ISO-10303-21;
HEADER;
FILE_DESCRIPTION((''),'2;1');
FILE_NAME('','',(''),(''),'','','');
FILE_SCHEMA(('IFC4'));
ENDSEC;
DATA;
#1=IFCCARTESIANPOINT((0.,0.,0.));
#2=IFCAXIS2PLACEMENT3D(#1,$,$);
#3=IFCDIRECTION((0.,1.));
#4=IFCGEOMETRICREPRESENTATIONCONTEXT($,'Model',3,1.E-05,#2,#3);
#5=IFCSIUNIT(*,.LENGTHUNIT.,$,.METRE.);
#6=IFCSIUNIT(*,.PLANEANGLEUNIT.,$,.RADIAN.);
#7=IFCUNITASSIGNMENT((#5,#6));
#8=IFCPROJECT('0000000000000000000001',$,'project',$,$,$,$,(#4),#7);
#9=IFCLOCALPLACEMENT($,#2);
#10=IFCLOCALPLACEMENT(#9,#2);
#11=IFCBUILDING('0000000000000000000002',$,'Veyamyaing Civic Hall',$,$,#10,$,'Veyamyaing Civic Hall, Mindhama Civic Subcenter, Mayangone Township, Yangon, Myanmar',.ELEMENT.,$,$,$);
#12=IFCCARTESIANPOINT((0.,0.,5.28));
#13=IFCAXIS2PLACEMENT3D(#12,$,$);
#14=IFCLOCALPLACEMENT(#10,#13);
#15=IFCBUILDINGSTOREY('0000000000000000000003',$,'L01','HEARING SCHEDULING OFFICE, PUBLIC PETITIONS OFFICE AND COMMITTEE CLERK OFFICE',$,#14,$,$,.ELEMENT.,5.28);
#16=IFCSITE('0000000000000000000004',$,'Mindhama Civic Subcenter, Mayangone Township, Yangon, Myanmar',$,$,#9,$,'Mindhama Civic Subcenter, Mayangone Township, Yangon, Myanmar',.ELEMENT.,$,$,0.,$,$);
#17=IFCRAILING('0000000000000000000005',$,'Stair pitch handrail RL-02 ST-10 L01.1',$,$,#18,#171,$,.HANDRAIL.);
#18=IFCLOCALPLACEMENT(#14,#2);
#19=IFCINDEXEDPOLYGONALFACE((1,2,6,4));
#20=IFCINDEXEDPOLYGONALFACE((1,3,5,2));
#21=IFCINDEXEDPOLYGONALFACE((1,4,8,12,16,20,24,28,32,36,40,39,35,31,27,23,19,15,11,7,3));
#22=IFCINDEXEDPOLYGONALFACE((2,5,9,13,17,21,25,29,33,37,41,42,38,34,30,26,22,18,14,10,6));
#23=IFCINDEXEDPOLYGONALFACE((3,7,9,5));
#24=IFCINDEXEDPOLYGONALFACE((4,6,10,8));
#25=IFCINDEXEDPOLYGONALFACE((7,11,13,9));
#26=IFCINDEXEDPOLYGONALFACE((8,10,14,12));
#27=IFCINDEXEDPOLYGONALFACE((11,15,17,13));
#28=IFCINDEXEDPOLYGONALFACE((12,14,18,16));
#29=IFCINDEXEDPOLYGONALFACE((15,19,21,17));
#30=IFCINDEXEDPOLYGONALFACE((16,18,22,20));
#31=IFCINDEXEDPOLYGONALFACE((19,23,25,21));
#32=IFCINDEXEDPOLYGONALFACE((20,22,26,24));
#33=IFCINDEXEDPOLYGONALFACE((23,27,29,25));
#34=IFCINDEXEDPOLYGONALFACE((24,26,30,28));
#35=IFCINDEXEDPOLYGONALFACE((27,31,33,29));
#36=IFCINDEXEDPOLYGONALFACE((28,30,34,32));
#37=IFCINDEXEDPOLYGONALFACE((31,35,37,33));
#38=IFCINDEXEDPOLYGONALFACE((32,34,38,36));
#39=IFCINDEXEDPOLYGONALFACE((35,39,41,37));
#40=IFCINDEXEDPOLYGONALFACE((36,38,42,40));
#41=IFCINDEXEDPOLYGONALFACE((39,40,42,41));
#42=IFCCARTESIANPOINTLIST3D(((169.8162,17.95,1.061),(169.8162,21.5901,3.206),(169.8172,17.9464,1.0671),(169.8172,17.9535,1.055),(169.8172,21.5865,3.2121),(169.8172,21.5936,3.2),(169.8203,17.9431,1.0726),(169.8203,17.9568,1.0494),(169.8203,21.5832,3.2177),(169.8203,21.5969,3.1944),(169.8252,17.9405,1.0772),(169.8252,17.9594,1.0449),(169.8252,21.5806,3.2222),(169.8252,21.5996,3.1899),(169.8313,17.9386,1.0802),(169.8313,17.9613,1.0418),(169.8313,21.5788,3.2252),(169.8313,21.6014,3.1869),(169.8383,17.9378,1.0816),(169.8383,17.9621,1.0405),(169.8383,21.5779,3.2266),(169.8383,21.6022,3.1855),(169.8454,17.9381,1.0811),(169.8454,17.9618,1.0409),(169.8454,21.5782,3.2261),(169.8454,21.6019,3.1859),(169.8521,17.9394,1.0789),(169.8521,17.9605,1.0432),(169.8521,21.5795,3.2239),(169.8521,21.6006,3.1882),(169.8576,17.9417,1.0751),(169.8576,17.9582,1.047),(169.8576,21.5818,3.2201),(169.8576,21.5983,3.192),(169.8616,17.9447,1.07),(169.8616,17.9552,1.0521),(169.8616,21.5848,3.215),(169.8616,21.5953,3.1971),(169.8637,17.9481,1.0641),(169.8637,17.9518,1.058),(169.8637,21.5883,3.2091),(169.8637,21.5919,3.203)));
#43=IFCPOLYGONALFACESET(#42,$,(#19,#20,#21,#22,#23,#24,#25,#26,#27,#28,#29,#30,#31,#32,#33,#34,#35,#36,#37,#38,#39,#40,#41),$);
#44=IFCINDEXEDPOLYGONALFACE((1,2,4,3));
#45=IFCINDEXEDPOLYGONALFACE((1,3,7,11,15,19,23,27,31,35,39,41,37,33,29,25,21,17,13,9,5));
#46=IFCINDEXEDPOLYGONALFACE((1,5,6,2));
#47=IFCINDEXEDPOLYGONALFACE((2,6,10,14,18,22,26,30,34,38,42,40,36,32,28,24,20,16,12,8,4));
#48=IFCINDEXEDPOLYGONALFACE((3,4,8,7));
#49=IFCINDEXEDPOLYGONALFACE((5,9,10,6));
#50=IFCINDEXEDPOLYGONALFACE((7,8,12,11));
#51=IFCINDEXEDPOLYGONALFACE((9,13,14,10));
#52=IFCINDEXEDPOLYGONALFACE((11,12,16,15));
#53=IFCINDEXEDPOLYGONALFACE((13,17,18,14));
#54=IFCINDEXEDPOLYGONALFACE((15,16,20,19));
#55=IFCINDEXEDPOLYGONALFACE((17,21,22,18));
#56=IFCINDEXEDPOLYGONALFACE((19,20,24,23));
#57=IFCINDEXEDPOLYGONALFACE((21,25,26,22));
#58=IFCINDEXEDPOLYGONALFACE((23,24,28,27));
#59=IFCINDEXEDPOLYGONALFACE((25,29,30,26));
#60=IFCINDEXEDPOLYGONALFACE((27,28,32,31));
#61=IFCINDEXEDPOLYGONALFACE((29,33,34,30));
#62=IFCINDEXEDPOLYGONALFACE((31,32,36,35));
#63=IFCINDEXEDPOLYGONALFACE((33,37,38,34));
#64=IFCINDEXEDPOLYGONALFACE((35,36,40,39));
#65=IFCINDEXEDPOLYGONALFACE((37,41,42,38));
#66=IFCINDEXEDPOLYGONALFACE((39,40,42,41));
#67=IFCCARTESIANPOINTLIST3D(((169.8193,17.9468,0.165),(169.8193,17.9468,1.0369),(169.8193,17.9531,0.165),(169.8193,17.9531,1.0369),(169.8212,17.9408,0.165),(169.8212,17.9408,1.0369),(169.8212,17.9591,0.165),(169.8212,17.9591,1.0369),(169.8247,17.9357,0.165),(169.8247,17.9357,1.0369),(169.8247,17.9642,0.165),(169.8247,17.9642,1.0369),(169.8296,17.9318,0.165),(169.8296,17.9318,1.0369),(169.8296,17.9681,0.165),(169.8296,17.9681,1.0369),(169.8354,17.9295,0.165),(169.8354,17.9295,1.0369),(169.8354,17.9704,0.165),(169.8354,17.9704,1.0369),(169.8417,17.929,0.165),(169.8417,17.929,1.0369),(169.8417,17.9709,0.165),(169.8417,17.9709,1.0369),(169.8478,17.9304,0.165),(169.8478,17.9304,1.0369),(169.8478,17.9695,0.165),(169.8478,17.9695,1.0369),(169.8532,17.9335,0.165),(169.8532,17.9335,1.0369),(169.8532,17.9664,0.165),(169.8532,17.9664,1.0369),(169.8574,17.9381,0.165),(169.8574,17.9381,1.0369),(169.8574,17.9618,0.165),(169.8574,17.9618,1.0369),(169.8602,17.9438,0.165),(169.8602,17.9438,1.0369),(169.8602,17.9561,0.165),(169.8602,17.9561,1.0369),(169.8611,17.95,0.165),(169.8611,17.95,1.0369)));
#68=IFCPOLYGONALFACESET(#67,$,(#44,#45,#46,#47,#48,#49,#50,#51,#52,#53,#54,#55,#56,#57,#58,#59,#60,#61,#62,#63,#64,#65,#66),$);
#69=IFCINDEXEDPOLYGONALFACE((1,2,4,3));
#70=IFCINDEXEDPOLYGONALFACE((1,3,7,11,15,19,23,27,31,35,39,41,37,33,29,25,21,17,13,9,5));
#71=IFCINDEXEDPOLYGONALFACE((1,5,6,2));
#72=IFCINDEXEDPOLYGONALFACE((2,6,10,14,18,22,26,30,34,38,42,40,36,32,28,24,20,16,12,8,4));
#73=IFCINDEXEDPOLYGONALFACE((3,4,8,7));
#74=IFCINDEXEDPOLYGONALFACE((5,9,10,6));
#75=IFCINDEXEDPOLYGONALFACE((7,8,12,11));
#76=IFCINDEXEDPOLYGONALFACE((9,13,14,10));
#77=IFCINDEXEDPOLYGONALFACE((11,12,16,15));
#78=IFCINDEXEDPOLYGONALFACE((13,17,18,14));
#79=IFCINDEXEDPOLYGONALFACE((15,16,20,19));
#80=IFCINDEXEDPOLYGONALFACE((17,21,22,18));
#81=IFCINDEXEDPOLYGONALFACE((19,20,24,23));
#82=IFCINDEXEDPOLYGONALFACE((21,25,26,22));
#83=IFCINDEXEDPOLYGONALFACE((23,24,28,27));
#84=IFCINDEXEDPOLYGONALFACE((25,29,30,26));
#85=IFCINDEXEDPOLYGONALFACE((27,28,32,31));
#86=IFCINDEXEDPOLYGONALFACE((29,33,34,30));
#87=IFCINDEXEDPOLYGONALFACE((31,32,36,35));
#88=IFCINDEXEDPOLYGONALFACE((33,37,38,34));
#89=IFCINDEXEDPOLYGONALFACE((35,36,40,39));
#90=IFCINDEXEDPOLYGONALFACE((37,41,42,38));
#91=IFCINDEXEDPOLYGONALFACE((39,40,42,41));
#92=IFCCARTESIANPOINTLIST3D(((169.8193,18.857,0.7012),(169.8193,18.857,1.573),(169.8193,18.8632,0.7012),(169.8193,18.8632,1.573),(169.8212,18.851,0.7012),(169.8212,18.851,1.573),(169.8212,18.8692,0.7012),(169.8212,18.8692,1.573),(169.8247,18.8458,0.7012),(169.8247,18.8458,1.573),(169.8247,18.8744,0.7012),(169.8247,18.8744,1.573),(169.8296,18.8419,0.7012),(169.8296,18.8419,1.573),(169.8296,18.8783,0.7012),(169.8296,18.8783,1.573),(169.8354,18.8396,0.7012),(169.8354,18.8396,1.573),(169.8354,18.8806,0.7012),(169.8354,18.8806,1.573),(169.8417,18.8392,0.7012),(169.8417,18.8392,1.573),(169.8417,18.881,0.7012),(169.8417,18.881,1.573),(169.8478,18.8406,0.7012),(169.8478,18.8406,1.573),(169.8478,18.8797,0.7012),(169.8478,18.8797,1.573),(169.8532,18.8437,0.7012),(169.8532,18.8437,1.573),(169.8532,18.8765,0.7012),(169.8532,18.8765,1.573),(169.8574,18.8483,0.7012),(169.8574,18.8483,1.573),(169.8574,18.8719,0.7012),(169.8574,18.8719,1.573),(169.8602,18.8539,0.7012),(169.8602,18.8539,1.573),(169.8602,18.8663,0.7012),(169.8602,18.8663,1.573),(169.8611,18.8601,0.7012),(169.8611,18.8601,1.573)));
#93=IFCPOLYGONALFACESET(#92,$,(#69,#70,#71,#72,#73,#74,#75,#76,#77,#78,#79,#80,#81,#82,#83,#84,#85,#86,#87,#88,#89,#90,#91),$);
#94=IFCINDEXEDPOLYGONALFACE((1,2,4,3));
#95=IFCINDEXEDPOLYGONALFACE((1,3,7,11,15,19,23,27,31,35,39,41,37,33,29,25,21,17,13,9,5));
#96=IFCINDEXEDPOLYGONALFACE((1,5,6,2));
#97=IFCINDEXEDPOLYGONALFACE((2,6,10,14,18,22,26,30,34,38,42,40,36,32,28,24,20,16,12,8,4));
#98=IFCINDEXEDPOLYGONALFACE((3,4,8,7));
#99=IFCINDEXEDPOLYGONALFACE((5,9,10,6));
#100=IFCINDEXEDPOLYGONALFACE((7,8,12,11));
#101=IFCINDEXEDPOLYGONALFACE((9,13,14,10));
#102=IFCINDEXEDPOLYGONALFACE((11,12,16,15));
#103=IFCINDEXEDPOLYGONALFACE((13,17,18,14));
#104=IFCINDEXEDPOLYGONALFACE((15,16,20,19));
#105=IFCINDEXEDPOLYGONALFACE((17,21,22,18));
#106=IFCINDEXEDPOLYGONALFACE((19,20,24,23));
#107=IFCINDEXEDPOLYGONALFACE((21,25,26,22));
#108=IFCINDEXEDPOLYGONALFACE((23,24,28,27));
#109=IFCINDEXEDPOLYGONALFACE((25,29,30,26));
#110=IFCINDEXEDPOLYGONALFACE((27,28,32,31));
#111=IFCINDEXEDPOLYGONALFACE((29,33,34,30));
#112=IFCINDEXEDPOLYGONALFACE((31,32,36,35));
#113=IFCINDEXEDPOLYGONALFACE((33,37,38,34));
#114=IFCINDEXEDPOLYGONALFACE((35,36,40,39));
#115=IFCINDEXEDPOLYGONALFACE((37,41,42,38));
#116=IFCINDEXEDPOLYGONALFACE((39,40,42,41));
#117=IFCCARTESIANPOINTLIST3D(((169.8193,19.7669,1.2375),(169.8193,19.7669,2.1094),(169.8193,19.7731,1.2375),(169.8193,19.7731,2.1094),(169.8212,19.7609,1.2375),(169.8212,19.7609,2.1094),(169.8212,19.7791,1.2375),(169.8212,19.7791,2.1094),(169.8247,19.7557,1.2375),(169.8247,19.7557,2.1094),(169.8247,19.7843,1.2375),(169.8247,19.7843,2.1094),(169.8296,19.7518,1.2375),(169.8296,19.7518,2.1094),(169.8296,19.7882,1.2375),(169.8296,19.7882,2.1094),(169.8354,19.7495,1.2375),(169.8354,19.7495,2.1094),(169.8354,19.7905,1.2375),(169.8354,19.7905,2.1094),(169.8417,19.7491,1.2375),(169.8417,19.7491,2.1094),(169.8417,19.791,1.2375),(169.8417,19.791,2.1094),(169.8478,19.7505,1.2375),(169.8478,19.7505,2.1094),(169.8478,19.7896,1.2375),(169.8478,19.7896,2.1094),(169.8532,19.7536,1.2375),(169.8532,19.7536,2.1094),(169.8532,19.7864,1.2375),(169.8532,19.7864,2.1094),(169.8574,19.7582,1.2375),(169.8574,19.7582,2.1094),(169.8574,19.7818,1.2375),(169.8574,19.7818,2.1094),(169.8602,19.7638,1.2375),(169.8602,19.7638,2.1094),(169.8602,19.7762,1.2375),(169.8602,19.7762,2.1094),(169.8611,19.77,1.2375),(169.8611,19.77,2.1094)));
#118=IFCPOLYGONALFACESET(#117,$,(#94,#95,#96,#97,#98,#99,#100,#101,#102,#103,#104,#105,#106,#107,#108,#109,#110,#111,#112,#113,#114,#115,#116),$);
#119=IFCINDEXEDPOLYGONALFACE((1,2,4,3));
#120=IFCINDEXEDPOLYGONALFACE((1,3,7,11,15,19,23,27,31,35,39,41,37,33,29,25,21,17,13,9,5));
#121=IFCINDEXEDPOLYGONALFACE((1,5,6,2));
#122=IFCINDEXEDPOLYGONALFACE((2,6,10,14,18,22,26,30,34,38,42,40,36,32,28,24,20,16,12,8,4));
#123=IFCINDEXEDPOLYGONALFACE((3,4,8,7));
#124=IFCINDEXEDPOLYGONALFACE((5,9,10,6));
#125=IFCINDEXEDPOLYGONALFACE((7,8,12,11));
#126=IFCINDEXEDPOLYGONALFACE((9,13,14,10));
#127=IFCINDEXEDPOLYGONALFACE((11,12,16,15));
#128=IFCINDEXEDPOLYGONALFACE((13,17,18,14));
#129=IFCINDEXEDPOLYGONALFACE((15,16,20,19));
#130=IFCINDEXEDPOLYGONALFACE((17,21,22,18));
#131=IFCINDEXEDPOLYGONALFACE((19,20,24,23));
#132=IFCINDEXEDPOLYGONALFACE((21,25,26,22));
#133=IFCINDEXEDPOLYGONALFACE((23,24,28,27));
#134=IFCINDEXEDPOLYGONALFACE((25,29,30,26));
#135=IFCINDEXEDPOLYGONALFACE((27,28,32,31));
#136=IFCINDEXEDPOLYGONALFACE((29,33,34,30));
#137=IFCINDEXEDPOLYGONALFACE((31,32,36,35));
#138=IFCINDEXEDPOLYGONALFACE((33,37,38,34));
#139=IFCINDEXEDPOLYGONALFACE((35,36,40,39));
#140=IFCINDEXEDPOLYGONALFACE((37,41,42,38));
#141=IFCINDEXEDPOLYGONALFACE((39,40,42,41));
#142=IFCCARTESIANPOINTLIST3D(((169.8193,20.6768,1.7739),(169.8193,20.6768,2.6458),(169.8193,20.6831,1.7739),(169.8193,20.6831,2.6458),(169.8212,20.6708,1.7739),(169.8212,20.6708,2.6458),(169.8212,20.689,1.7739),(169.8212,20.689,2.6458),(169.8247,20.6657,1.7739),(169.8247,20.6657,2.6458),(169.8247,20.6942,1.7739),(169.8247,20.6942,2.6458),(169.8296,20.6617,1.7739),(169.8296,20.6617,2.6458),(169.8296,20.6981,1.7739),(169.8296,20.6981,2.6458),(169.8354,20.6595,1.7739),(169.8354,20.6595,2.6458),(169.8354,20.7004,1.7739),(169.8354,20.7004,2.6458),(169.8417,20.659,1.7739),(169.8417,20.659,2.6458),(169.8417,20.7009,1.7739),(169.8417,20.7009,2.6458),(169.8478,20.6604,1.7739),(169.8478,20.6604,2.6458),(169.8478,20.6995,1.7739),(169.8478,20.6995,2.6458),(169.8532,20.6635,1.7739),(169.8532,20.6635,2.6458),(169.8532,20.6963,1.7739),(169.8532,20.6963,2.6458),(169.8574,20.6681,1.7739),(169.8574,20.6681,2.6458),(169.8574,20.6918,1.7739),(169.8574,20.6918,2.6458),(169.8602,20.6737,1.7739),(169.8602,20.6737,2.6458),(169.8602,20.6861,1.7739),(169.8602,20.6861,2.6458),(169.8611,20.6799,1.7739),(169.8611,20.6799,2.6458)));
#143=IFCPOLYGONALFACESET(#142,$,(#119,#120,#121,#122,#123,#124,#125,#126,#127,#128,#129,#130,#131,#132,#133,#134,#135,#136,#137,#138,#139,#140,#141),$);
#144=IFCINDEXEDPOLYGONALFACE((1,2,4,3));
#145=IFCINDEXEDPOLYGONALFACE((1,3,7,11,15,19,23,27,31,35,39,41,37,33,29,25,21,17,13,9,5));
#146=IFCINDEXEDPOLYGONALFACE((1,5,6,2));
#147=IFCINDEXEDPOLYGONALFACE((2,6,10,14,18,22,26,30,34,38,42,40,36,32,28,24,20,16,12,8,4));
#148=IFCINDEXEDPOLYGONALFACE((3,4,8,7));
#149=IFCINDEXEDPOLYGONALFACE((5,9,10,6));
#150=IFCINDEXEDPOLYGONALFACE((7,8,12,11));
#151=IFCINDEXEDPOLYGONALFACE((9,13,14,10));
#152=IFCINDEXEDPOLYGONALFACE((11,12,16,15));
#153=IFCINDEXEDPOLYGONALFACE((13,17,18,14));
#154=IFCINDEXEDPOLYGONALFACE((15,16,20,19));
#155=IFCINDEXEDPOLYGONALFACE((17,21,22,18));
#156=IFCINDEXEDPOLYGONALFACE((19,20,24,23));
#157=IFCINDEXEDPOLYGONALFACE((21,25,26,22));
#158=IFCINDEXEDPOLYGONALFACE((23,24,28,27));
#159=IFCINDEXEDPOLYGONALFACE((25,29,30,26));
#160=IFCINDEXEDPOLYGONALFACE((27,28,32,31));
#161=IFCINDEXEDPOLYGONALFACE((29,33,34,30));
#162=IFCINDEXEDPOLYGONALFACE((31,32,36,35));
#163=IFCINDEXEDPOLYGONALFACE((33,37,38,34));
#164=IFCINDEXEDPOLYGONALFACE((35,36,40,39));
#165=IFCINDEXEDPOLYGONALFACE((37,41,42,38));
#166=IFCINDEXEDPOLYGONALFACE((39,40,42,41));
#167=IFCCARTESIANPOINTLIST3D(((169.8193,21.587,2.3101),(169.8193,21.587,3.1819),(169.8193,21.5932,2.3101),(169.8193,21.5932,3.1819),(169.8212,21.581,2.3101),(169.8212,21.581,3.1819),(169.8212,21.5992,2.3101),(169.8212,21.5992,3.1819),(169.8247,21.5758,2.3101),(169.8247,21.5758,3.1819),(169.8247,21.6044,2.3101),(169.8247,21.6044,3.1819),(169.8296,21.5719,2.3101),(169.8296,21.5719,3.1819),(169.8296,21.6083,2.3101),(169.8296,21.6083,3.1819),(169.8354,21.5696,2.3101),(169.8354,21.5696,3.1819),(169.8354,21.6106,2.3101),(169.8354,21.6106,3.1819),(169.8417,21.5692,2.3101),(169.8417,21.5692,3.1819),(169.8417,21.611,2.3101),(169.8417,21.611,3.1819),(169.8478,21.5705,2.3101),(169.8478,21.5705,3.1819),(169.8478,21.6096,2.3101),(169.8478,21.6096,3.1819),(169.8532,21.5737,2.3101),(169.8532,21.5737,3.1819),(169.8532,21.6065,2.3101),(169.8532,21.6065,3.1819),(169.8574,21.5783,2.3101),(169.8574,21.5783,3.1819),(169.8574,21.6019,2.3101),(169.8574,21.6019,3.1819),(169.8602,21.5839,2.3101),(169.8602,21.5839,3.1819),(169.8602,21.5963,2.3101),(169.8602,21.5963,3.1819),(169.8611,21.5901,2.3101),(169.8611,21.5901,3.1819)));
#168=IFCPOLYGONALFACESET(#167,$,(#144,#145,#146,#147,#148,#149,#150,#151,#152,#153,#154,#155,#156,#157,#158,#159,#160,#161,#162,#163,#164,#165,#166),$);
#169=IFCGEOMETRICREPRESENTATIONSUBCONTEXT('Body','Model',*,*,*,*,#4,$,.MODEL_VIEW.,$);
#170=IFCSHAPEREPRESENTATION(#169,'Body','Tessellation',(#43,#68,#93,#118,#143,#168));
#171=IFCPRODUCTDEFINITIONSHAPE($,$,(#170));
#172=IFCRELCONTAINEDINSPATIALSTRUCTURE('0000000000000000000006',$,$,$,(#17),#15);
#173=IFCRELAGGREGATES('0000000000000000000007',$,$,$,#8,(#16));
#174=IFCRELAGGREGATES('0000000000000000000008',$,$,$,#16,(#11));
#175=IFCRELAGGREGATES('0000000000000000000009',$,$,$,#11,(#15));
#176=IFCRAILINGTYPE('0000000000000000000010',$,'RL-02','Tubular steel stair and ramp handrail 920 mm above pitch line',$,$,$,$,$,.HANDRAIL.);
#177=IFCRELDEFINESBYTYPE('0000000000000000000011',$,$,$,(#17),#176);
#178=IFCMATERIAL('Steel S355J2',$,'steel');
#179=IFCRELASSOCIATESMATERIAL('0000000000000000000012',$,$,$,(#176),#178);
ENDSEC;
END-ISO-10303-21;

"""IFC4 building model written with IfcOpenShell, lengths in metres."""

from ifc_helpers import new_model, si_unit, direction, frame, origin, origin_2d, place, context, subcontext, project, spatial, circle, extrude, material, type_object, element, save


model = new_model("IFC4")

# Units and contexts
model_context = context("Model", 3, precision=1e-05, world=origin(), true_north=direction((0.0, 1.0)))
body_context = subcontext(model_context, "Body", "Model", "MODEL_VIEW")
ifc_project = project(units=[si_unit("LENGTHUNIT", "METRE"), si_unit("PLANEANGLEUNIT", "RADIAN")], contexts=[model_context])

# Site, building, storey
site_placement = place(None, origin())
site = spatial("IfcSite", under=ifc_project, at=site_placement, Name="Mindhama Civic Subcenter, Mayangone Township, Yangon, Myanmar", LongName="Mindhama Civic Subcenter, Mayangone Township, Yangon, Myanmar", CompositionType="ELEMENT", RefElevation=0.0)
building_placement = place(site_placement, origin())
building = spatial("IfcBuilding", under=site, at=building_placement, Name="Veyamyaing Civic Hall", LongName="Veyamyaing Civic Hall, Mindhama Civic Subcenter, Mayangone Township, Yangon, Myanmar", CompositionType="ELEMENT")
storey_placement = place(building_placement, frame((0.0, 0.0, 5.28)))
storey = spatial("IfcBuildingStorey", under=building, at=storey_placement, Name="L01", Description="HEARING SCHEDULING OFFICE, PUBLIC PETITIONS OFFICE AND COMMITTEE CLERK OFFICE", CompositionType="ELEMENT", Elevation=5.28)

# Railing
ifc_material_1 = material(Name="Steel S355J2", Category="steel")
railing_type_1 = type_object("IfcRailingType", Name="RL-02", Description="Tubular steel stair and ramp handrail 920 mm above pitch line", PredefinedType="HANDRAIL", material=ifc_material_1)
railing_1_placement = place(storey_placement, frame((169.8401, 17.95, 0.165)))
element("IfcRailing", 1, at=railing_1_placement, inside=storey, type_object=railing_type_1, Name="Stair pitch handrail RL-02 ST-10 L01.1", PredefinedType="HANDRAIL", context=body_context, shape_type="SweptSolid", body=[
    extrude(circle(Radius=0.0239, at=origin_2d()), frame((0.0, 0.0, 0.896), z_axis=(0.0, 0.861545, 0.507682), x_axis=(-1.0, 0.0, 0.0)), (0.0, 0.0, 1.0), 4.2251),
    extrude(circle(Radius=0.021, at=origin_2d()), origin(), (0.0, 0.0, 1.0), 0.8718),
    extrude(circle(Radius=0.021, at=origin_2d()), frame((0.0, 0.9102, 0.5361)), (0.0, 0.0, 1.0), 0.8718),
    extrude(circle(Radius=0.021, at=origin_2d()), frame((0.0, 1.8201, 1.0725)), (0.0, 0.0, 1.0), 0.8718),
    extrude(circle(Radius=0.021, at=origin_2d()), frame((0.0, 2.73, 1.6089)), (0.0, 0.0, 1.0), 0.8718),
    extrude(circle(Radius=0.021, at=origin_2d()), frame((0.0, 3.6401, 2.145)), (0.0, 0.0, 1.0), 0.8718),
])

save(model, "model.ifc")
